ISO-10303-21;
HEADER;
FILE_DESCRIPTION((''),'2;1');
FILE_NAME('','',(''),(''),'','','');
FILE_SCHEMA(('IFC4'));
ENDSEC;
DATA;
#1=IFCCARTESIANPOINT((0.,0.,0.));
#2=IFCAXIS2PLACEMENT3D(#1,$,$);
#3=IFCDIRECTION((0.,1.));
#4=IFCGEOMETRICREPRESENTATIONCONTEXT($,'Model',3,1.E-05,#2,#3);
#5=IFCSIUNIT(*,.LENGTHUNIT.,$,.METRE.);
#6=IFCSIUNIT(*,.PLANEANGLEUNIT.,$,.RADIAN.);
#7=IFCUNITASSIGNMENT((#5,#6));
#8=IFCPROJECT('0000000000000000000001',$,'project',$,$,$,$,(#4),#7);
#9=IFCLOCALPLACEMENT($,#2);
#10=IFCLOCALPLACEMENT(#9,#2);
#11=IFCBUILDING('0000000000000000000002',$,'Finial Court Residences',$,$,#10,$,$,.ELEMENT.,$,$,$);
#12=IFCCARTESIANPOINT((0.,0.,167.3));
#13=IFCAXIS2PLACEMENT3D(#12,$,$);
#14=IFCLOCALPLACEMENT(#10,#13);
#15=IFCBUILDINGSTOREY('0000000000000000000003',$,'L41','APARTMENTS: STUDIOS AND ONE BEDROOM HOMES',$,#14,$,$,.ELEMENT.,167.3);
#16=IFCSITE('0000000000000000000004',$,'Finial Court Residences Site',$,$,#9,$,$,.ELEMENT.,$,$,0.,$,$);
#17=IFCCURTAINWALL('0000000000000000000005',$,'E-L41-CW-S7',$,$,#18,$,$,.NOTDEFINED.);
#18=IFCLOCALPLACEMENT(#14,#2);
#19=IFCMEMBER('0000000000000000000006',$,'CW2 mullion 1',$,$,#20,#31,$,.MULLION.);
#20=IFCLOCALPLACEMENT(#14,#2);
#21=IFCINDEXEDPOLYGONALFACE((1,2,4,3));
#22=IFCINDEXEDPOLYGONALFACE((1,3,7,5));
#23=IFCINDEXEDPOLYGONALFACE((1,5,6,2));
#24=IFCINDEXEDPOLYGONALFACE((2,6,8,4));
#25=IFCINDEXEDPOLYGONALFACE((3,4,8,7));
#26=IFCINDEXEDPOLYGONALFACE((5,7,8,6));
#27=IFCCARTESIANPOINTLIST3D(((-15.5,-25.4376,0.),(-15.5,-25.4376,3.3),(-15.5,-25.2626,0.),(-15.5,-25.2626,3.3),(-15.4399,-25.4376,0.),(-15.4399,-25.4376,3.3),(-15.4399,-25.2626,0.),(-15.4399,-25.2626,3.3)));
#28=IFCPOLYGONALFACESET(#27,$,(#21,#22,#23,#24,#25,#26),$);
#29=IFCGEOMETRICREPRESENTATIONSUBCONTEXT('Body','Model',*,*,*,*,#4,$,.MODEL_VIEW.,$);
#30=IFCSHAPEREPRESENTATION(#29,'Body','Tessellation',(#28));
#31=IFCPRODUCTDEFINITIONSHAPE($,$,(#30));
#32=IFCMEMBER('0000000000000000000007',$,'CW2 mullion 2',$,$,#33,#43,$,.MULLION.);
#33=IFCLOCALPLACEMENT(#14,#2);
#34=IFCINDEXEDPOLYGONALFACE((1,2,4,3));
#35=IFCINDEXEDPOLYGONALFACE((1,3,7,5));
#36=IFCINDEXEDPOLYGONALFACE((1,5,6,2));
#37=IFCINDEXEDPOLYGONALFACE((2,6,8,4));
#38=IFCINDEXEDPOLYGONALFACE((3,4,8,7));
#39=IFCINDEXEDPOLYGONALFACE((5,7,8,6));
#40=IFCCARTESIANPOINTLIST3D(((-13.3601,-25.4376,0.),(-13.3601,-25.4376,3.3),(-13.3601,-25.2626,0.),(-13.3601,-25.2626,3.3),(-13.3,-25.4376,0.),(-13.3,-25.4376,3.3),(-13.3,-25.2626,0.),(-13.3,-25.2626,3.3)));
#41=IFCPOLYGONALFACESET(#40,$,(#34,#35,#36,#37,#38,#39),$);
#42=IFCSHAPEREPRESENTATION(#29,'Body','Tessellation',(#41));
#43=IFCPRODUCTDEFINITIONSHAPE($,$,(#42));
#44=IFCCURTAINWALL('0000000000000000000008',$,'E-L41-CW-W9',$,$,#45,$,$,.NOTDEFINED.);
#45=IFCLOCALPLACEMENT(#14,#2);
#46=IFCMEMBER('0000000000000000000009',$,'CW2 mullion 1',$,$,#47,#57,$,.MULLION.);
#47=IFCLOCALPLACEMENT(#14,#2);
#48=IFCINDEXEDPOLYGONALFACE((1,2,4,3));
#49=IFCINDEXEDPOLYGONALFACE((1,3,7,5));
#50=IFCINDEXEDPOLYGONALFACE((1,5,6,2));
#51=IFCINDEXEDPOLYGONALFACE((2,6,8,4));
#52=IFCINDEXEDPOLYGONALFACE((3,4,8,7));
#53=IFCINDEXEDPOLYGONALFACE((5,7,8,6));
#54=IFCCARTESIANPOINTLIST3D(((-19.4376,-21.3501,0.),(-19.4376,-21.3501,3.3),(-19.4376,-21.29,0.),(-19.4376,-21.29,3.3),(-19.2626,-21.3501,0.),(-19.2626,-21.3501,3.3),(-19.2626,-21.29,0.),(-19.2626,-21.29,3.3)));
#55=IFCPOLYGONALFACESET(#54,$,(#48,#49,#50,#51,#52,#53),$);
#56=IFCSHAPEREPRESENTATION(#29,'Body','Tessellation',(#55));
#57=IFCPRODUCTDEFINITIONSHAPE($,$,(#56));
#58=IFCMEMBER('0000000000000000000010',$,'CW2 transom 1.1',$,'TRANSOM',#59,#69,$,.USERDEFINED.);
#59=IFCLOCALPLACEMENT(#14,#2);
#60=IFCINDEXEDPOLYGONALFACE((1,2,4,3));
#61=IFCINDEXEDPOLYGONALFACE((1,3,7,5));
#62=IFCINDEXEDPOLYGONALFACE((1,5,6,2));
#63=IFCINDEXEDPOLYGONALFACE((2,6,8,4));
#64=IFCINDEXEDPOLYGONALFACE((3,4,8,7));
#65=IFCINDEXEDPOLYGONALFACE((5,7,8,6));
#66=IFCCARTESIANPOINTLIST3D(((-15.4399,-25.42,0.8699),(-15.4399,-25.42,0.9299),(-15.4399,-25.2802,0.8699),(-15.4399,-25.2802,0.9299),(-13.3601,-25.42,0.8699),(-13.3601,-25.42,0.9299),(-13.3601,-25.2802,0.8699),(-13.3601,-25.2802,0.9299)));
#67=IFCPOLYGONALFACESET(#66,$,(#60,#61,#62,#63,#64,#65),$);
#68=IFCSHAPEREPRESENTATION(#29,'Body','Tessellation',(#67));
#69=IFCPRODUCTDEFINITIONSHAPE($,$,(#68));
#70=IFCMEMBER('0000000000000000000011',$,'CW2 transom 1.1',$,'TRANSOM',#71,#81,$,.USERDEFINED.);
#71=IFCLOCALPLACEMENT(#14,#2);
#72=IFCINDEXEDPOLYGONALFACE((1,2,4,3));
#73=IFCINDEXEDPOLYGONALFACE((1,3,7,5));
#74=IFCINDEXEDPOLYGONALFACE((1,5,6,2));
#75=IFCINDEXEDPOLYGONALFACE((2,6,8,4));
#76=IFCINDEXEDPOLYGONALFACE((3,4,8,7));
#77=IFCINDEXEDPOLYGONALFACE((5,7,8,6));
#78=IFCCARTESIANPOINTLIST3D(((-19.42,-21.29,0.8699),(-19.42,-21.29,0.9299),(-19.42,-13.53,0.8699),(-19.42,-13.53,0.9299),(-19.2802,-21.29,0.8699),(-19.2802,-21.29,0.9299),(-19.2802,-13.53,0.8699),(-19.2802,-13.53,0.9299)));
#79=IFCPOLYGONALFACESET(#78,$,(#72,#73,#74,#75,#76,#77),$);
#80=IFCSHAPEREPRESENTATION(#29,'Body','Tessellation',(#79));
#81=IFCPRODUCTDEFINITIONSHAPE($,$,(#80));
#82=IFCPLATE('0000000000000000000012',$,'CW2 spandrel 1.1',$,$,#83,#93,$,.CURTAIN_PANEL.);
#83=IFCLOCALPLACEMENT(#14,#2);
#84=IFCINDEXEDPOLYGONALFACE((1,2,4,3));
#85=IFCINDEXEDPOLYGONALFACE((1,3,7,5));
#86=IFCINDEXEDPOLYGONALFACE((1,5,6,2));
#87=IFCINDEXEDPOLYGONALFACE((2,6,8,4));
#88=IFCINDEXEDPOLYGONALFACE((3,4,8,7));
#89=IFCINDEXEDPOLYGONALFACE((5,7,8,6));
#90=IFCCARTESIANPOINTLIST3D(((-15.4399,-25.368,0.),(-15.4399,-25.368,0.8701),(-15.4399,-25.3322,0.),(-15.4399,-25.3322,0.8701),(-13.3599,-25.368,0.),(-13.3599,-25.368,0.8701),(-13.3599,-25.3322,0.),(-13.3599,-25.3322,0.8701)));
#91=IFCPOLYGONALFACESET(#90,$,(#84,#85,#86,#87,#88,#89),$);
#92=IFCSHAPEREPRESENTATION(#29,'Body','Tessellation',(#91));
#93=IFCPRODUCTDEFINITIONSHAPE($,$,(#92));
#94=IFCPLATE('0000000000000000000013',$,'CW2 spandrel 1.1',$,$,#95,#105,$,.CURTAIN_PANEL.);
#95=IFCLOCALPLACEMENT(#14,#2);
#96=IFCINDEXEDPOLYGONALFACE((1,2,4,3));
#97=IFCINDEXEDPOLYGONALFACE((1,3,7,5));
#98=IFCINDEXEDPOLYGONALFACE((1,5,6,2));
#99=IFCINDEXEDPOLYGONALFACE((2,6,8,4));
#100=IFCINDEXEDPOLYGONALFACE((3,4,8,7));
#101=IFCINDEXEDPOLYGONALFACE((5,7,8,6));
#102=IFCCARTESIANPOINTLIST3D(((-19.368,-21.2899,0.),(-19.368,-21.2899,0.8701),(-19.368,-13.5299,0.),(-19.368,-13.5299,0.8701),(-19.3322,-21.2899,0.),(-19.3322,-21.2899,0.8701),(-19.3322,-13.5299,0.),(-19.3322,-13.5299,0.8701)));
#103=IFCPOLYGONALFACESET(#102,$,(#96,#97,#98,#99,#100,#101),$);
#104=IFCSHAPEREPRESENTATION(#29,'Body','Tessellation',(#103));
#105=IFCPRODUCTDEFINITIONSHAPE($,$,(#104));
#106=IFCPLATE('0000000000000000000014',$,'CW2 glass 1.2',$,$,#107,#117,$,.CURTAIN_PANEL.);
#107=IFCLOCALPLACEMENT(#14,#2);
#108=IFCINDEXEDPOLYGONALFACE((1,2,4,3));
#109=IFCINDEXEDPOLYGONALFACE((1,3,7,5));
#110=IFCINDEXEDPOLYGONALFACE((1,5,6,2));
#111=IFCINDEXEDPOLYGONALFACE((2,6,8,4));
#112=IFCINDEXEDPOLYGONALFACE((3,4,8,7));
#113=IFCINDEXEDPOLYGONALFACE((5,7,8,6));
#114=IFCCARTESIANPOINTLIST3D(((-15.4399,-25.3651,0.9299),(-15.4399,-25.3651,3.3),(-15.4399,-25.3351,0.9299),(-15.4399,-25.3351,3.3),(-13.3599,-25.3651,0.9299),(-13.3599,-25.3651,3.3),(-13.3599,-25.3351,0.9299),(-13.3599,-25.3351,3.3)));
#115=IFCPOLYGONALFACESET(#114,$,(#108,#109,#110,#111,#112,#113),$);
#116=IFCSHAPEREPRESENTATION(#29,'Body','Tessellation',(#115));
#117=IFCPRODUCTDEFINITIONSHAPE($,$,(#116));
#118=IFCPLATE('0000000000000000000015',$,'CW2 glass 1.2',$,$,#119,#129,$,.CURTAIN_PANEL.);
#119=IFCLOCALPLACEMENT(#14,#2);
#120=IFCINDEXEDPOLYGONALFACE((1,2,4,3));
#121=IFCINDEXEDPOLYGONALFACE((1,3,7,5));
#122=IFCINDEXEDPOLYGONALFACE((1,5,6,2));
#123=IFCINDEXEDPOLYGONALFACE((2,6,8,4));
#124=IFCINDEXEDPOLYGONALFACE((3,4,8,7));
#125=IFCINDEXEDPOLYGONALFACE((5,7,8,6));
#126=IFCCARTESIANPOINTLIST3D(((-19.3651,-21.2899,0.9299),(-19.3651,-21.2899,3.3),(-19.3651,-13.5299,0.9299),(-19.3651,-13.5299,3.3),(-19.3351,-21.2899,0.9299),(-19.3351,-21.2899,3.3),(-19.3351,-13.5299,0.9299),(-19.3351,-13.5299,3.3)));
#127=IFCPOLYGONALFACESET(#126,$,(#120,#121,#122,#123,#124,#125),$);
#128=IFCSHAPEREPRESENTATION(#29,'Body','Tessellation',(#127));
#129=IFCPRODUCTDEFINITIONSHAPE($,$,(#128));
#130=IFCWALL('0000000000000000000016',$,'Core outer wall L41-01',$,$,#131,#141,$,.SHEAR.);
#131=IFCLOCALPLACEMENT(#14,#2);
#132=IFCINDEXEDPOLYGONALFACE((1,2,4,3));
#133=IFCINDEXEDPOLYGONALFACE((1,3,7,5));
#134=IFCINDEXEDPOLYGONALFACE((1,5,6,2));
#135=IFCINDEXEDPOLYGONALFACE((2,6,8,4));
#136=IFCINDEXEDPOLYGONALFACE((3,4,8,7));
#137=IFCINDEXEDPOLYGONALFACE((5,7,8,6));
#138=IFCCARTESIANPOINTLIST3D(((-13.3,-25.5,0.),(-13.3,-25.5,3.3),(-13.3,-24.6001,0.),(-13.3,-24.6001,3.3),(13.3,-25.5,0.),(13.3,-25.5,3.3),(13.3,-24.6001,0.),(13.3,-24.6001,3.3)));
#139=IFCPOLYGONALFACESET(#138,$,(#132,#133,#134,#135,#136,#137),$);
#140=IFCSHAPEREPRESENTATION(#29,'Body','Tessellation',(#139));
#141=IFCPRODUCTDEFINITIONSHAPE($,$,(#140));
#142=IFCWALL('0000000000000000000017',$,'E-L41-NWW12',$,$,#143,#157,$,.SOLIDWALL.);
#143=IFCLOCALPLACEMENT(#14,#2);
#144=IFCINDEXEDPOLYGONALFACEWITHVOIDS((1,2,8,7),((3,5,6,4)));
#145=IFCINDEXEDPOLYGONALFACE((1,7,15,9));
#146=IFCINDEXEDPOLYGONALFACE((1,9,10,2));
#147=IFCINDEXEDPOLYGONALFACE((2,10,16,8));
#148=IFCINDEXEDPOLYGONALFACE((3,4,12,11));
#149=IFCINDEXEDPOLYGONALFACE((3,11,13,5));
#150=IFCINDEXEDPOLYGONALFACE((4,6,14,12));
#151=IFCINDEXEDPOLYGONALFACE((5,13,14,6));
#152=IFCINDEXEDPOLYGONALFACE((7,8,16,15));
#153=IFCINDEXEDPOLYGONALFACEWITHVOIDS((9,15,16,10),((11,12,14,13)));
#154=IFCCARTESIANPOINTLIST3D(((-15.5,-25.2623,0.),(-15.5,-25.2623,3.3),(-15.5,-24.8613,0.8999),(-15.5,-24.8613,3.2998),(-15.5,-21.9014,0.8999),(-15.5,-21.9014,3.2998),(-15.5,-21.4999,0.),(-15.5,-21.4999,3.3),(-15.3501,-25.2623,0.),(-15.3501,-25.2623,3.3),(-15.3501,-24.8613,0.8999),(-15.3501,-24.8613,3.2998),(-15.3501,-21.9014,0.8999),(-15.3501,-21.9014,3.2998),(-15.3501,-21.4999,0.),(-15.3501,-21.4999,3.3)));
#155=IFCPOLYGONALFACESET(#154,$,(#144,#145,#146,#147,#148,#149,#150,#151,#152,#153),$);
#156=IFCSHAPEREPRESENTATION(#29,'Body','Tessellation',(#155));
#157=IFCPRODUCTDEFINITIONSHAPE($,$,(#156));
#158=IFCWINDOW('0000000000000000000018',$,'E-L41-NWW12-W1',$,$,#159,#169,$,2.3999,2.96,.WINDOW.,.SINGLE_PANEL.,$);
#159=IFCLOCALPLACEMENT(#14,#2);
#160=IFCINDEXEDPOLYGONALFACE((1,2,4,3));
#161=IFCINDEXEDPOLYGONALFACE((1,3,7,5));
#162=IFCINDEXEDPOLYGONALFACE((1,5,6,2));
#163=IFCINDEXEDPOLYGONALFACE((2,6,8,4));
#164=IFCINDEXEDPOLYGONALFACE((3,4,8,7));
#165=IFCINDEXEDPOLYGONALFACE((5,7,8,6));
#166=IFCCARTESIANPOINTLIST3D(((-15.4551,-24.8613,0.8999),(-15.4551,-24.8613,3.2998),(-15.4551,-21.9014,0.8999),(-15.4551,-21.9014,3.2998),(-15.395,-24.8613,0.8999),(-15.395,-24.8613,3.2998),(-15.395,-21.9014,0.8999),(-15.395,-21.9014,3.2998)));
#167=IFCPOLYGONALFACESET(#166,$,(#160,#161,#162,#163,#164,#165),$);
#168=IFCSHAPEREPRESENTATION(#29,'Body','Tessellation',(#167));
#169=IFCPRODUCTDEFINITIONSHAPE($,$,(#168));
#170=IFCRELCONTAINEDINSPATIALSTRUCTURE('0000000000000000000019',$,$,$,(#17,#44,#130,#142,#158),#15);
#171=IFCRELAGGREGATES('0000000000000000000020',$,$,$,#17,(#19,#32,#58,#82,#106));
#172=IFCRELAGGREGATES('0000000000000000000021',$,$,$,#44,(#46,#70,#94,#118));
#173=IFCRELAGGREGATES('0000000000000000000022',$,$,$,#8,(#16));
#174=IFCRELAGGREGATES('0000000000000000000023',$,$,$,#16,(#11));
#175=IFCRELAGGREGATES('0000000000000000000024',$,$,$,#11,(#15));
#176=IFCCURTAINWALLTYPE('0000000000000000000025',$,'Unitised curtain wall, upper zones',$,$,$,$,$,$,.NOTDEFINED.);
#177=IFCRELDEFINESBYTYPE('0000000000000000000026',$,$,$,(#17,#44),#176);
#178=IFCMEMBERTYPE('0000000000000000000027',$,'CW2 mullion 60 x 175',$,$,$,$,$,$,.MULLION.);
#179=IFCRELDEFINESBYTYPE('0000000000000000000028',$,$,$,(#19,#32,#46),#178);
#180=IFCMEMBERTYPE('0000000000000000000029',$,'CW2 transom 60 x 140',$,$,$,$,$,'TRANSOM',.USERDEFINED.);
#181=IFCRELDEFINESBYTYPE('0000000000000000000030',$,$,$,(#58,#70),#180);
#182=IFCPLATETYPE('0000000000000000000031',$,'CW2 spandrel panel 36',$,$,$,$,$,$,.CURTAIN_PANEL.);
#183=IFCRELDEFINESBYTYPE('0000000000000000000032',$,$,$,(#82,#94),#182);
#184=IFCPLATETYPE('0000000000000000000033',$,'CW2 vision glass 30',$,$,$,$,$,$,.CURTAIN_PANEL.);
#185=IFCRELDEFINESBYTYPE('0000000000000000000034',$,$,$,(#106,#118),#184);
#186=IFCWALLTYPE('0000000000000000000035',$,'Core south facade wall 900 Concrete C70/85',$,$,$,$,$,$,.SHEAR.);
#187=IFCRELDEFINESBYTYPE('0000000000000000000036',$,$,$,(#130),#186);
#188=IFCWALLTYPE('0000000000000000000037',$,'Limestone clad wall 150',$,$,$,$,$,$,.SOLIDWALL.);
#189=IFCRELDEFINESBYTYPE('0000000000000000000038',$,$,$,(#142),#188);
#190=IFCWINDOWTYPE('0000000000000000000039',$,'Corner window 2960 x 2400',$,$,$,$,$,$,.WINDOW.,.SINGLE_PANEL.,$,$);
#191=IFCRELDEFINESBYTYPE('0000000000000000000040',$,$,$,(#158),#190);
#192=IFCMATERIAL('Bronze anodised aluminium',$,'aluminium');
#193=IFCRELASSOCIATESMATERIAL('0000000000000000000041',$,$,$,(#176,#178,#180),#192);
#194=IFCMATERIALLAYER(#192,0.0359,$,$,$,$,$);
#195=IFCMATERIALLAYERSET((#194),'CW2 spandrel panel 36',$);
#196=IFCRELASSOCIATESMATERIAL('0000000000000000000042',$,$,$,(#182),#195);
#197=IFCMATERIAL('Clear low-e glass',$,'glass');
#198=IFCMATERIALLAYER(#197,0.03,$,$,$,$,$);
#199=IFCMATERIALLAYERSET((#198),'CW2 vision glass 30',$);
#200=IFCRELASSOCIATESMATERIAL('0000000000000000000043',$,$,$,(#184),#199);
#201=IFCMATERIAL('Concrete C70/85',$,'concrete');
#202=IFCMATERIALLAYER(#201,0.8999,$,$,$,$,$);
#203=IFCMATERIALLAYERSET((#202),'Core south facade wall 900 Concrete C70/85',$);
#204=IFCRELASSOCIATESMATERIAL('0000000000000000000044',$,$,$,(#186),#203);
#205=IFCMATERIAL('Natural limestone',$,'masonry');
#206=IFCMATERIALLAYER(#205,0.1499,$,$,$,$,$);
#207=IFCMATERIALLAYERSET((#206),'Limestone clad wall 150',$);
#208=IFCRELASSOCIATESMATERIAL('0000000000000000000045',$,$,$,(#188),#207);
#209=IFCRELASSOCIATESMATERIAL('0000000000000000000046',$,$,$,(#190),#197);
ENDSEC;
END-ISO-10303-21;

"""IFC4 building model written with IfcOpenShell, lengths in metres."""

from ifc_helpers import new_model, si_unit, direction, frame, frame_2d, origin, origin_2d, place, context, subcontext, project, spatial, rectangle, extrude, material, layer, layer_set, material_profile, profile_set, type_object, element, fill, aggregate, save


model = new_model("IFC4")

# Units and contexts
model_context = context("Model", 3, precision=1e-05, world=origin(), true_north=direction((0.0, 1.0)))
body_context = subcontext(model_context, "Body", "Model", "MODEL_VIEW")
ifc_project = project(units=[si_unit("LENGTHUNIT", "METRE"), si_unit("PLANEANGLEUNIT", "RADIAN")], contexts=[model_context])

# Site, building, storey
site_placement = place(None, origin())
site = spatial("IfcSite", under=ifc_project, at=site_placement, Name="Finial Court Residences Site", CompositionType="ELEMENT", RefElevation=0.0)
building_placement = place(site_placement, origin())
building = spatial("IfcBuilding", under=site, at=building_placement, Name="Finial Court Residences", CompositionType="ELEMENT")
storey_placement = place(building_placement, frame((0.0, 0.0, 167.3)))
storey = spatial("IfcBuildingStorey", under=building, at=storey_placement, Name="L41", Description="APARTMENTS: STUDIOS AND ONE BEDROOM HOMES", CompositionType="ELEMENT", Elevation=167.3)

# Curtain wall, members
ifc_material_1 = material(Name="Bronze anodised aluminium", Category="aluminium")
curtain_wall_type = type_object("IfcCurtainWallType", Name="Unitised curtain wall, upper zones", PredefinedType="NOTDEFINED", material=ifc_material_1)
curtain_wall_1_placement = place(storey_placement, origin())
curtain_wall_1 = element("IfcCurtainWall", 1, at=curtain_wall_1_placement, inside=storey, type_object=curtain_wall_type, Name="E-L41-CW-S7", PredefinedType="NOTDEFINED")
ifc_material_profile_1 = material_profile(ifc_material_1, rectangle(XDim=0.175, YDim=0.0601, at=origin_2d()), Name="CW2 mullion 60 x 175")
ifc_profile_set_1 = profile_set([ifc_material_profile_1], Name="Bronze anodised aluminium")
member_type_1 = type_object("IfcMemberType", Name="CW2 mullion 60 x 175", PredefinedType="MULLION", material=ifc_profile_set_1)
member_1_placement = place(storey_placement, frame((-15.47, -25.3501, 0.0), z_axis=(0.0, 0.0, 1.0), x_axis=(0.0, 1.0, 0.0)))
member_1 = element("IfcMember", 2, at=member_1_placement, type_object=member_type_1, Name="CW2 mullion 1", PredefinedType="MULLION", context=body_context, shape_type="SweptSolid", body=[
    extrude(rectangle(XDim=0.175, YDim=0.0601, at=origin_2d()), origin(), (0.0, 0.0, 1.0), 3.3),
])
member_2_placement = place(storey_placement, frame((-13.3301, -25.3501, 0.0), z_axis=(0.0, 0.0, 1.0), x_axis=(0.0, 1.0, 0.0)))
member_2 = element("IfcMember", 3, at=member_2_placement, type_object=member_type_1, Name="CW2 mullion 2", PredefinedType="MULLION", context=body_context, shape_type="SweptSolid", body=[
    extrude(rectangle(XDim=0.175, YDim=0.0601, at=origin_2d()), origin(), (0.0, 0.0, 1.0), 3.3),
])

# Curtain wall, member
curtain_wall_2_placement = place(storey_placement, origin())
curtain_wall_2 = element("IfcCurtainWall", 4, at=curtain_wall_2_placement, inside=storey, type_object=curtain_wall_type, Name="E-L41-CW-W9", PredefinedType="NOTDEFINED")
member_3_placement = place(storey_placement, frame((-19.3501, -21.3201, 0.0), z_axis=(0.0, 0.0, 1.0), x_axis=(-1.0, 0.0, 0.0)))
member_3 = element("IfcMember", 5, at=member_3_placement, type_object=member_type_1, Name="CW2 mullion 1", PredefinedType="MULLION", context=body_context, shape_type="SweptSolid", body=[
    extrude(rectangle(XDim=0.175, YDim=0.0601, at=origin_2d()), origin(), (0.0, 0.0, 1.0), 3.3),
])

# Members
ifc_material_profile_2 = material_profile(ifc_material_1, rectangle(XDim=0.1399, YDim=0.0601, at=origin_2d()), Name="CW2 transom 60 x 140")
ifc_profile_set_2 = profile_set([ifc_material_profile_2], Name="Bronze anodised aluminium")
member_type_2 = type_object("IfcMemberType", Name="CW2 transom 60 x 140", ElementType="TRANSOM", PredefinedType="USERDEFINED", material=ifc_profile_set_2)
member_4_placement = place(storey_placement, frame((-15.4399, -25.3501, 0.8999), z_axis=(1.0, 0.0, 0.0), x_axis=(0.0, 1.0, 0.0)))
member_4 = element("IfcMember", 6, at=member_4_placement, type_object=member_type_2, Name="CW2 transom 1.1", ObjectType="TRANSOM", PredefinedType="USERDEFINED", context=body_context, shape_type="SweptSolid", body=[
    extrude(rectangle(XDim=0.1399, YDim=0.0601, at=origin_2d()), origin(), (0.0, 0.0, 1.0), 2.0798),
])
member_5_placement = place(storey_placement, frame((-19.3501, -21.29, 0.8999), z_axis=(0.0, 1.0, 0.0), x_axis=(-1.0, 0.0, 0.0)))
member_5 = element("IfcMember", 7, at=member_5_placement, type_object=member_type_2, Name="CW2 transom 1.1", ObjectType="TRANSOM", PredefinedType="USERDEFINED", context=body_context, shape_type="SweptSolid", body=[
    extrude(rectangle(XDim=0.1399, YDim=0.0601, at=origin_2d()), origin(), (0.0, 0.0, 1.0), 7.76),
])

# Plates
ifc_layer_1 = layer(ifc_material_1, 0.0359)
ifc_layer_set_1 = layer_set([ifc_layer_1], Name="CW2 spandrel panel 36")
plate_type_1 = type_object("IfcPlateType", Name="CW2 spandrel panel 36", PredefinedType="CURTAIN_PANEL", material=ifc_layer_set_1)
plate_1_placement = place(storey_placement, frame((-14.3999, -25.3501, 0.0), z_axis=(0.0, 0.0, 1.0), x_axis=(1.0, 0.0, 0.0)))
plate_1 = element("IfcPlate", 8, at=plate_1_placement, type_object=plate_type_1, Name="CW2 spandrel 1.1", PredefinedType="CURTAIN_PANEL", context=body_context, shape_type="SweptSolid", body=[
    extrude(rectangle(XDim=2.0801, YDim=0.0359, at=origin_2d()), origin(), (0.0, 0.0, 1.0), 0.8701),
])
plate_2_placement = place(storey_placement, frame((-19.3501, -17.4099, 0.0), z_axis=(0.0, 0.0, 1.0), x_axis=(0.0, 1.0, 0.0)))
plate_2 = element("IfcPlate", 9, at=plate_2_placement, type_object=plate_type_1, Name="CW2 spandrel 1.1", PredefinedType="CURTAIN_PANEL", context=body_context, shape_type="SweptSolid", body=[
    extrude(rectangle(XDim=7.76, YDim=0.0359, at=origin_2d()), origin(), (0.0, 0.0, 1.0), 0.8701),
])
ifc_material_2 = material(Name="Clear low-e glass", Category="glass")
ifc_layer_2 = layer(ifc_material_2, 0.03)
ifc_layer_set_2 = layer_set([ifc_layer_2], Name="CW2 vision glass 30")
plate_type_2 = type_object("IfcPlateType", Name="CW2 vision glass 30", PredefinedType="CURTAIN_PANEL", material=ifc_layer_set_2)
plate_3_placement = place(storey_placement, frame((-14.3999, -25.3501, 0.9299), z_axis=(0.0, 0.0, 1.0), x_axis=(1.0, 0.0, 0.0)))
plate_3 = element("IfcPlate", 10, at=plate_3_placement, type_object=plate_type_2, Name="CW2 glass 1.2", PredefinedType="CURTAIN_PANEL", context=body_context, shape_type="SweptSolid", body=[
    extrude(rectangle(XDim=2.0801, YDim=0.03, at=origin_2d()), origin(), (0.0, 0.0, 1.0), 2.3701),
])
aggregate(curtain_wall_1, [member_1, member_2, member_4, plate_1, plate_3])
plate_4_placement = place(storey_placement, frame((-19.3501, -17.4099, 0.9299), z_axis=(0.0, 0.0, 1.0), x_axis=(0.0, 1.0, 0.0)))
plate_4 = element("IfcPlate", 11, at=plate_4_placement, type_object=plate_type_2, Name="CW2 glass 1.2", PredefinedType="CURTAIN_PANEL", context=body_context, shape_type="SweptSolid", body=[
    extrude(rectangle(XDim=7.76, YDim=0.03, at=origin_2d()), origin(), (0.0, 0.0, 1.0), 2.3701),
])
aggregate(curtain_wall_2, [member_3, member_5, plate_2, plate_4])

# Wall
ifc_material_3 = material(Name="Concrete C70/85", Category="concrete")
ifc_layer_3 = layer(ifc_material_3, 0.8999)
ifc_layer_set_3 = layer_set([ifc_layer_3], Name="Core south facade wall 900 Concrete C70/85")
wall_type_1 = type_object("IfcWallType", Name="Core south facade wall 900 Concrete C70/85", PredefinedType="SHEAR", material=ifc_layer_set_3)
wall_1_placement = place(storey_placement, frame((-13.3, -25.05, 0.0), z_axis=(0.0, 0.0, 1.0), x_axis=(1.0, 0.0, 0.0)))
element("IfcWall", 12, at=wall_1_placement, inside=storey, type_object=wall_type_1, Name="Core outer wall L41-01", PredefinedType="SHEAR", context=body_context, shape_type="SweptSolid", body=[
    extrude(rectangle(XDim=26.6001, YDim=0.8999, at=frame_2d((13.3, 0.0))), origin(), (0.0, 0.0, 1.0), 3.3),
])

# Wall, opening, window
ifc_material_4 = material(Name="Natural limestone", Category="masonry")
ifc_layer_4 = layer(ifc_material_4, 0.1499)
ifc_layer_set_4 = layer_set([ifc_layer_4], Name="Limestone clad wall 150")
wall_type_2 = type_object("IfcWallType", Name="Limestone clad wall 150", PredefinedType="SOLIDWALL", material=ifc_layer_set_4)
wall_2_placement = place(storey_placement, frame((-15.425, -25.2625, 0.0), z_axis=(0.0, 0.0, 1.0), x_axis=(0.0, 1.0, 0.0)))
wall_2 = element("IfcWall", 13, at=wall_2_placement, inside=storey, type_object=wall_type_2, Name="E-L41-NWW12", PredefinedType="SOLIDWALL", context=body_context, shape_type="SweptSolid", body=[
    extrude(rectangle(XDim=3.7625, YDim=0.1499, at=frame_2d((1.8813, 0.0))), origin(), (0.0, 0.0, 1.0), 3.3),
])
opening_1_placement = place(wall_2_placement, frame((0.4011, 0.0, 0.8999)))
opening_1 = element("IfcOpeningElement", 14, at=opening_1_placement, cuts=wall_2, PredefinedType="OPENING", context=body_context, shape_type="SweptSolid", body=[
    extrude(rectangle(XDim=2.96, YDim=2.3999, at=frame_2d((1.48, 1.2))), frame((0.0, 0.085, 0.0), z_axis=(0.0, -1.0, 0.0), x_axis=(1.0, 0.0, 0.0)), (0.0, 0.0, 1.0), 0.1699),
])
window_type_1 = type_object("IfcWindowType", Name="Corner window 2960 x 2400", PartitioningType="SINGLE_PANEL", PredefinedType="WINDOW", material=ifc_material_2)
window_1_placement = place(opening_1_placement, origin())
window_1 = element("IfcWindow", 15, at=window_1_placement, inside=storey, type_object=window_type_1, Name="E-L41-NWW12-W1", OverallHeight=2.3999, OverallWidth=2.96, PartitioningType="SINGLE_PANEL", PredefinedType="WINDOW", context=body_context, shape_type="SweptSolid", body=[
    extrude(rectangle(XDim=2.96, YDim=2.3999, at=frame_2d((1.48, 1.2))), frame((0.0, 0.03, 0.0), z_axis=(0.0, -1.0, 0.0), x_axis=(1.0, 0.0, 0.0)), (0.0, 0.0, 1.0), 0.0601),
])
fill(opening_1, window_1)

save(model, "model.ifc")
